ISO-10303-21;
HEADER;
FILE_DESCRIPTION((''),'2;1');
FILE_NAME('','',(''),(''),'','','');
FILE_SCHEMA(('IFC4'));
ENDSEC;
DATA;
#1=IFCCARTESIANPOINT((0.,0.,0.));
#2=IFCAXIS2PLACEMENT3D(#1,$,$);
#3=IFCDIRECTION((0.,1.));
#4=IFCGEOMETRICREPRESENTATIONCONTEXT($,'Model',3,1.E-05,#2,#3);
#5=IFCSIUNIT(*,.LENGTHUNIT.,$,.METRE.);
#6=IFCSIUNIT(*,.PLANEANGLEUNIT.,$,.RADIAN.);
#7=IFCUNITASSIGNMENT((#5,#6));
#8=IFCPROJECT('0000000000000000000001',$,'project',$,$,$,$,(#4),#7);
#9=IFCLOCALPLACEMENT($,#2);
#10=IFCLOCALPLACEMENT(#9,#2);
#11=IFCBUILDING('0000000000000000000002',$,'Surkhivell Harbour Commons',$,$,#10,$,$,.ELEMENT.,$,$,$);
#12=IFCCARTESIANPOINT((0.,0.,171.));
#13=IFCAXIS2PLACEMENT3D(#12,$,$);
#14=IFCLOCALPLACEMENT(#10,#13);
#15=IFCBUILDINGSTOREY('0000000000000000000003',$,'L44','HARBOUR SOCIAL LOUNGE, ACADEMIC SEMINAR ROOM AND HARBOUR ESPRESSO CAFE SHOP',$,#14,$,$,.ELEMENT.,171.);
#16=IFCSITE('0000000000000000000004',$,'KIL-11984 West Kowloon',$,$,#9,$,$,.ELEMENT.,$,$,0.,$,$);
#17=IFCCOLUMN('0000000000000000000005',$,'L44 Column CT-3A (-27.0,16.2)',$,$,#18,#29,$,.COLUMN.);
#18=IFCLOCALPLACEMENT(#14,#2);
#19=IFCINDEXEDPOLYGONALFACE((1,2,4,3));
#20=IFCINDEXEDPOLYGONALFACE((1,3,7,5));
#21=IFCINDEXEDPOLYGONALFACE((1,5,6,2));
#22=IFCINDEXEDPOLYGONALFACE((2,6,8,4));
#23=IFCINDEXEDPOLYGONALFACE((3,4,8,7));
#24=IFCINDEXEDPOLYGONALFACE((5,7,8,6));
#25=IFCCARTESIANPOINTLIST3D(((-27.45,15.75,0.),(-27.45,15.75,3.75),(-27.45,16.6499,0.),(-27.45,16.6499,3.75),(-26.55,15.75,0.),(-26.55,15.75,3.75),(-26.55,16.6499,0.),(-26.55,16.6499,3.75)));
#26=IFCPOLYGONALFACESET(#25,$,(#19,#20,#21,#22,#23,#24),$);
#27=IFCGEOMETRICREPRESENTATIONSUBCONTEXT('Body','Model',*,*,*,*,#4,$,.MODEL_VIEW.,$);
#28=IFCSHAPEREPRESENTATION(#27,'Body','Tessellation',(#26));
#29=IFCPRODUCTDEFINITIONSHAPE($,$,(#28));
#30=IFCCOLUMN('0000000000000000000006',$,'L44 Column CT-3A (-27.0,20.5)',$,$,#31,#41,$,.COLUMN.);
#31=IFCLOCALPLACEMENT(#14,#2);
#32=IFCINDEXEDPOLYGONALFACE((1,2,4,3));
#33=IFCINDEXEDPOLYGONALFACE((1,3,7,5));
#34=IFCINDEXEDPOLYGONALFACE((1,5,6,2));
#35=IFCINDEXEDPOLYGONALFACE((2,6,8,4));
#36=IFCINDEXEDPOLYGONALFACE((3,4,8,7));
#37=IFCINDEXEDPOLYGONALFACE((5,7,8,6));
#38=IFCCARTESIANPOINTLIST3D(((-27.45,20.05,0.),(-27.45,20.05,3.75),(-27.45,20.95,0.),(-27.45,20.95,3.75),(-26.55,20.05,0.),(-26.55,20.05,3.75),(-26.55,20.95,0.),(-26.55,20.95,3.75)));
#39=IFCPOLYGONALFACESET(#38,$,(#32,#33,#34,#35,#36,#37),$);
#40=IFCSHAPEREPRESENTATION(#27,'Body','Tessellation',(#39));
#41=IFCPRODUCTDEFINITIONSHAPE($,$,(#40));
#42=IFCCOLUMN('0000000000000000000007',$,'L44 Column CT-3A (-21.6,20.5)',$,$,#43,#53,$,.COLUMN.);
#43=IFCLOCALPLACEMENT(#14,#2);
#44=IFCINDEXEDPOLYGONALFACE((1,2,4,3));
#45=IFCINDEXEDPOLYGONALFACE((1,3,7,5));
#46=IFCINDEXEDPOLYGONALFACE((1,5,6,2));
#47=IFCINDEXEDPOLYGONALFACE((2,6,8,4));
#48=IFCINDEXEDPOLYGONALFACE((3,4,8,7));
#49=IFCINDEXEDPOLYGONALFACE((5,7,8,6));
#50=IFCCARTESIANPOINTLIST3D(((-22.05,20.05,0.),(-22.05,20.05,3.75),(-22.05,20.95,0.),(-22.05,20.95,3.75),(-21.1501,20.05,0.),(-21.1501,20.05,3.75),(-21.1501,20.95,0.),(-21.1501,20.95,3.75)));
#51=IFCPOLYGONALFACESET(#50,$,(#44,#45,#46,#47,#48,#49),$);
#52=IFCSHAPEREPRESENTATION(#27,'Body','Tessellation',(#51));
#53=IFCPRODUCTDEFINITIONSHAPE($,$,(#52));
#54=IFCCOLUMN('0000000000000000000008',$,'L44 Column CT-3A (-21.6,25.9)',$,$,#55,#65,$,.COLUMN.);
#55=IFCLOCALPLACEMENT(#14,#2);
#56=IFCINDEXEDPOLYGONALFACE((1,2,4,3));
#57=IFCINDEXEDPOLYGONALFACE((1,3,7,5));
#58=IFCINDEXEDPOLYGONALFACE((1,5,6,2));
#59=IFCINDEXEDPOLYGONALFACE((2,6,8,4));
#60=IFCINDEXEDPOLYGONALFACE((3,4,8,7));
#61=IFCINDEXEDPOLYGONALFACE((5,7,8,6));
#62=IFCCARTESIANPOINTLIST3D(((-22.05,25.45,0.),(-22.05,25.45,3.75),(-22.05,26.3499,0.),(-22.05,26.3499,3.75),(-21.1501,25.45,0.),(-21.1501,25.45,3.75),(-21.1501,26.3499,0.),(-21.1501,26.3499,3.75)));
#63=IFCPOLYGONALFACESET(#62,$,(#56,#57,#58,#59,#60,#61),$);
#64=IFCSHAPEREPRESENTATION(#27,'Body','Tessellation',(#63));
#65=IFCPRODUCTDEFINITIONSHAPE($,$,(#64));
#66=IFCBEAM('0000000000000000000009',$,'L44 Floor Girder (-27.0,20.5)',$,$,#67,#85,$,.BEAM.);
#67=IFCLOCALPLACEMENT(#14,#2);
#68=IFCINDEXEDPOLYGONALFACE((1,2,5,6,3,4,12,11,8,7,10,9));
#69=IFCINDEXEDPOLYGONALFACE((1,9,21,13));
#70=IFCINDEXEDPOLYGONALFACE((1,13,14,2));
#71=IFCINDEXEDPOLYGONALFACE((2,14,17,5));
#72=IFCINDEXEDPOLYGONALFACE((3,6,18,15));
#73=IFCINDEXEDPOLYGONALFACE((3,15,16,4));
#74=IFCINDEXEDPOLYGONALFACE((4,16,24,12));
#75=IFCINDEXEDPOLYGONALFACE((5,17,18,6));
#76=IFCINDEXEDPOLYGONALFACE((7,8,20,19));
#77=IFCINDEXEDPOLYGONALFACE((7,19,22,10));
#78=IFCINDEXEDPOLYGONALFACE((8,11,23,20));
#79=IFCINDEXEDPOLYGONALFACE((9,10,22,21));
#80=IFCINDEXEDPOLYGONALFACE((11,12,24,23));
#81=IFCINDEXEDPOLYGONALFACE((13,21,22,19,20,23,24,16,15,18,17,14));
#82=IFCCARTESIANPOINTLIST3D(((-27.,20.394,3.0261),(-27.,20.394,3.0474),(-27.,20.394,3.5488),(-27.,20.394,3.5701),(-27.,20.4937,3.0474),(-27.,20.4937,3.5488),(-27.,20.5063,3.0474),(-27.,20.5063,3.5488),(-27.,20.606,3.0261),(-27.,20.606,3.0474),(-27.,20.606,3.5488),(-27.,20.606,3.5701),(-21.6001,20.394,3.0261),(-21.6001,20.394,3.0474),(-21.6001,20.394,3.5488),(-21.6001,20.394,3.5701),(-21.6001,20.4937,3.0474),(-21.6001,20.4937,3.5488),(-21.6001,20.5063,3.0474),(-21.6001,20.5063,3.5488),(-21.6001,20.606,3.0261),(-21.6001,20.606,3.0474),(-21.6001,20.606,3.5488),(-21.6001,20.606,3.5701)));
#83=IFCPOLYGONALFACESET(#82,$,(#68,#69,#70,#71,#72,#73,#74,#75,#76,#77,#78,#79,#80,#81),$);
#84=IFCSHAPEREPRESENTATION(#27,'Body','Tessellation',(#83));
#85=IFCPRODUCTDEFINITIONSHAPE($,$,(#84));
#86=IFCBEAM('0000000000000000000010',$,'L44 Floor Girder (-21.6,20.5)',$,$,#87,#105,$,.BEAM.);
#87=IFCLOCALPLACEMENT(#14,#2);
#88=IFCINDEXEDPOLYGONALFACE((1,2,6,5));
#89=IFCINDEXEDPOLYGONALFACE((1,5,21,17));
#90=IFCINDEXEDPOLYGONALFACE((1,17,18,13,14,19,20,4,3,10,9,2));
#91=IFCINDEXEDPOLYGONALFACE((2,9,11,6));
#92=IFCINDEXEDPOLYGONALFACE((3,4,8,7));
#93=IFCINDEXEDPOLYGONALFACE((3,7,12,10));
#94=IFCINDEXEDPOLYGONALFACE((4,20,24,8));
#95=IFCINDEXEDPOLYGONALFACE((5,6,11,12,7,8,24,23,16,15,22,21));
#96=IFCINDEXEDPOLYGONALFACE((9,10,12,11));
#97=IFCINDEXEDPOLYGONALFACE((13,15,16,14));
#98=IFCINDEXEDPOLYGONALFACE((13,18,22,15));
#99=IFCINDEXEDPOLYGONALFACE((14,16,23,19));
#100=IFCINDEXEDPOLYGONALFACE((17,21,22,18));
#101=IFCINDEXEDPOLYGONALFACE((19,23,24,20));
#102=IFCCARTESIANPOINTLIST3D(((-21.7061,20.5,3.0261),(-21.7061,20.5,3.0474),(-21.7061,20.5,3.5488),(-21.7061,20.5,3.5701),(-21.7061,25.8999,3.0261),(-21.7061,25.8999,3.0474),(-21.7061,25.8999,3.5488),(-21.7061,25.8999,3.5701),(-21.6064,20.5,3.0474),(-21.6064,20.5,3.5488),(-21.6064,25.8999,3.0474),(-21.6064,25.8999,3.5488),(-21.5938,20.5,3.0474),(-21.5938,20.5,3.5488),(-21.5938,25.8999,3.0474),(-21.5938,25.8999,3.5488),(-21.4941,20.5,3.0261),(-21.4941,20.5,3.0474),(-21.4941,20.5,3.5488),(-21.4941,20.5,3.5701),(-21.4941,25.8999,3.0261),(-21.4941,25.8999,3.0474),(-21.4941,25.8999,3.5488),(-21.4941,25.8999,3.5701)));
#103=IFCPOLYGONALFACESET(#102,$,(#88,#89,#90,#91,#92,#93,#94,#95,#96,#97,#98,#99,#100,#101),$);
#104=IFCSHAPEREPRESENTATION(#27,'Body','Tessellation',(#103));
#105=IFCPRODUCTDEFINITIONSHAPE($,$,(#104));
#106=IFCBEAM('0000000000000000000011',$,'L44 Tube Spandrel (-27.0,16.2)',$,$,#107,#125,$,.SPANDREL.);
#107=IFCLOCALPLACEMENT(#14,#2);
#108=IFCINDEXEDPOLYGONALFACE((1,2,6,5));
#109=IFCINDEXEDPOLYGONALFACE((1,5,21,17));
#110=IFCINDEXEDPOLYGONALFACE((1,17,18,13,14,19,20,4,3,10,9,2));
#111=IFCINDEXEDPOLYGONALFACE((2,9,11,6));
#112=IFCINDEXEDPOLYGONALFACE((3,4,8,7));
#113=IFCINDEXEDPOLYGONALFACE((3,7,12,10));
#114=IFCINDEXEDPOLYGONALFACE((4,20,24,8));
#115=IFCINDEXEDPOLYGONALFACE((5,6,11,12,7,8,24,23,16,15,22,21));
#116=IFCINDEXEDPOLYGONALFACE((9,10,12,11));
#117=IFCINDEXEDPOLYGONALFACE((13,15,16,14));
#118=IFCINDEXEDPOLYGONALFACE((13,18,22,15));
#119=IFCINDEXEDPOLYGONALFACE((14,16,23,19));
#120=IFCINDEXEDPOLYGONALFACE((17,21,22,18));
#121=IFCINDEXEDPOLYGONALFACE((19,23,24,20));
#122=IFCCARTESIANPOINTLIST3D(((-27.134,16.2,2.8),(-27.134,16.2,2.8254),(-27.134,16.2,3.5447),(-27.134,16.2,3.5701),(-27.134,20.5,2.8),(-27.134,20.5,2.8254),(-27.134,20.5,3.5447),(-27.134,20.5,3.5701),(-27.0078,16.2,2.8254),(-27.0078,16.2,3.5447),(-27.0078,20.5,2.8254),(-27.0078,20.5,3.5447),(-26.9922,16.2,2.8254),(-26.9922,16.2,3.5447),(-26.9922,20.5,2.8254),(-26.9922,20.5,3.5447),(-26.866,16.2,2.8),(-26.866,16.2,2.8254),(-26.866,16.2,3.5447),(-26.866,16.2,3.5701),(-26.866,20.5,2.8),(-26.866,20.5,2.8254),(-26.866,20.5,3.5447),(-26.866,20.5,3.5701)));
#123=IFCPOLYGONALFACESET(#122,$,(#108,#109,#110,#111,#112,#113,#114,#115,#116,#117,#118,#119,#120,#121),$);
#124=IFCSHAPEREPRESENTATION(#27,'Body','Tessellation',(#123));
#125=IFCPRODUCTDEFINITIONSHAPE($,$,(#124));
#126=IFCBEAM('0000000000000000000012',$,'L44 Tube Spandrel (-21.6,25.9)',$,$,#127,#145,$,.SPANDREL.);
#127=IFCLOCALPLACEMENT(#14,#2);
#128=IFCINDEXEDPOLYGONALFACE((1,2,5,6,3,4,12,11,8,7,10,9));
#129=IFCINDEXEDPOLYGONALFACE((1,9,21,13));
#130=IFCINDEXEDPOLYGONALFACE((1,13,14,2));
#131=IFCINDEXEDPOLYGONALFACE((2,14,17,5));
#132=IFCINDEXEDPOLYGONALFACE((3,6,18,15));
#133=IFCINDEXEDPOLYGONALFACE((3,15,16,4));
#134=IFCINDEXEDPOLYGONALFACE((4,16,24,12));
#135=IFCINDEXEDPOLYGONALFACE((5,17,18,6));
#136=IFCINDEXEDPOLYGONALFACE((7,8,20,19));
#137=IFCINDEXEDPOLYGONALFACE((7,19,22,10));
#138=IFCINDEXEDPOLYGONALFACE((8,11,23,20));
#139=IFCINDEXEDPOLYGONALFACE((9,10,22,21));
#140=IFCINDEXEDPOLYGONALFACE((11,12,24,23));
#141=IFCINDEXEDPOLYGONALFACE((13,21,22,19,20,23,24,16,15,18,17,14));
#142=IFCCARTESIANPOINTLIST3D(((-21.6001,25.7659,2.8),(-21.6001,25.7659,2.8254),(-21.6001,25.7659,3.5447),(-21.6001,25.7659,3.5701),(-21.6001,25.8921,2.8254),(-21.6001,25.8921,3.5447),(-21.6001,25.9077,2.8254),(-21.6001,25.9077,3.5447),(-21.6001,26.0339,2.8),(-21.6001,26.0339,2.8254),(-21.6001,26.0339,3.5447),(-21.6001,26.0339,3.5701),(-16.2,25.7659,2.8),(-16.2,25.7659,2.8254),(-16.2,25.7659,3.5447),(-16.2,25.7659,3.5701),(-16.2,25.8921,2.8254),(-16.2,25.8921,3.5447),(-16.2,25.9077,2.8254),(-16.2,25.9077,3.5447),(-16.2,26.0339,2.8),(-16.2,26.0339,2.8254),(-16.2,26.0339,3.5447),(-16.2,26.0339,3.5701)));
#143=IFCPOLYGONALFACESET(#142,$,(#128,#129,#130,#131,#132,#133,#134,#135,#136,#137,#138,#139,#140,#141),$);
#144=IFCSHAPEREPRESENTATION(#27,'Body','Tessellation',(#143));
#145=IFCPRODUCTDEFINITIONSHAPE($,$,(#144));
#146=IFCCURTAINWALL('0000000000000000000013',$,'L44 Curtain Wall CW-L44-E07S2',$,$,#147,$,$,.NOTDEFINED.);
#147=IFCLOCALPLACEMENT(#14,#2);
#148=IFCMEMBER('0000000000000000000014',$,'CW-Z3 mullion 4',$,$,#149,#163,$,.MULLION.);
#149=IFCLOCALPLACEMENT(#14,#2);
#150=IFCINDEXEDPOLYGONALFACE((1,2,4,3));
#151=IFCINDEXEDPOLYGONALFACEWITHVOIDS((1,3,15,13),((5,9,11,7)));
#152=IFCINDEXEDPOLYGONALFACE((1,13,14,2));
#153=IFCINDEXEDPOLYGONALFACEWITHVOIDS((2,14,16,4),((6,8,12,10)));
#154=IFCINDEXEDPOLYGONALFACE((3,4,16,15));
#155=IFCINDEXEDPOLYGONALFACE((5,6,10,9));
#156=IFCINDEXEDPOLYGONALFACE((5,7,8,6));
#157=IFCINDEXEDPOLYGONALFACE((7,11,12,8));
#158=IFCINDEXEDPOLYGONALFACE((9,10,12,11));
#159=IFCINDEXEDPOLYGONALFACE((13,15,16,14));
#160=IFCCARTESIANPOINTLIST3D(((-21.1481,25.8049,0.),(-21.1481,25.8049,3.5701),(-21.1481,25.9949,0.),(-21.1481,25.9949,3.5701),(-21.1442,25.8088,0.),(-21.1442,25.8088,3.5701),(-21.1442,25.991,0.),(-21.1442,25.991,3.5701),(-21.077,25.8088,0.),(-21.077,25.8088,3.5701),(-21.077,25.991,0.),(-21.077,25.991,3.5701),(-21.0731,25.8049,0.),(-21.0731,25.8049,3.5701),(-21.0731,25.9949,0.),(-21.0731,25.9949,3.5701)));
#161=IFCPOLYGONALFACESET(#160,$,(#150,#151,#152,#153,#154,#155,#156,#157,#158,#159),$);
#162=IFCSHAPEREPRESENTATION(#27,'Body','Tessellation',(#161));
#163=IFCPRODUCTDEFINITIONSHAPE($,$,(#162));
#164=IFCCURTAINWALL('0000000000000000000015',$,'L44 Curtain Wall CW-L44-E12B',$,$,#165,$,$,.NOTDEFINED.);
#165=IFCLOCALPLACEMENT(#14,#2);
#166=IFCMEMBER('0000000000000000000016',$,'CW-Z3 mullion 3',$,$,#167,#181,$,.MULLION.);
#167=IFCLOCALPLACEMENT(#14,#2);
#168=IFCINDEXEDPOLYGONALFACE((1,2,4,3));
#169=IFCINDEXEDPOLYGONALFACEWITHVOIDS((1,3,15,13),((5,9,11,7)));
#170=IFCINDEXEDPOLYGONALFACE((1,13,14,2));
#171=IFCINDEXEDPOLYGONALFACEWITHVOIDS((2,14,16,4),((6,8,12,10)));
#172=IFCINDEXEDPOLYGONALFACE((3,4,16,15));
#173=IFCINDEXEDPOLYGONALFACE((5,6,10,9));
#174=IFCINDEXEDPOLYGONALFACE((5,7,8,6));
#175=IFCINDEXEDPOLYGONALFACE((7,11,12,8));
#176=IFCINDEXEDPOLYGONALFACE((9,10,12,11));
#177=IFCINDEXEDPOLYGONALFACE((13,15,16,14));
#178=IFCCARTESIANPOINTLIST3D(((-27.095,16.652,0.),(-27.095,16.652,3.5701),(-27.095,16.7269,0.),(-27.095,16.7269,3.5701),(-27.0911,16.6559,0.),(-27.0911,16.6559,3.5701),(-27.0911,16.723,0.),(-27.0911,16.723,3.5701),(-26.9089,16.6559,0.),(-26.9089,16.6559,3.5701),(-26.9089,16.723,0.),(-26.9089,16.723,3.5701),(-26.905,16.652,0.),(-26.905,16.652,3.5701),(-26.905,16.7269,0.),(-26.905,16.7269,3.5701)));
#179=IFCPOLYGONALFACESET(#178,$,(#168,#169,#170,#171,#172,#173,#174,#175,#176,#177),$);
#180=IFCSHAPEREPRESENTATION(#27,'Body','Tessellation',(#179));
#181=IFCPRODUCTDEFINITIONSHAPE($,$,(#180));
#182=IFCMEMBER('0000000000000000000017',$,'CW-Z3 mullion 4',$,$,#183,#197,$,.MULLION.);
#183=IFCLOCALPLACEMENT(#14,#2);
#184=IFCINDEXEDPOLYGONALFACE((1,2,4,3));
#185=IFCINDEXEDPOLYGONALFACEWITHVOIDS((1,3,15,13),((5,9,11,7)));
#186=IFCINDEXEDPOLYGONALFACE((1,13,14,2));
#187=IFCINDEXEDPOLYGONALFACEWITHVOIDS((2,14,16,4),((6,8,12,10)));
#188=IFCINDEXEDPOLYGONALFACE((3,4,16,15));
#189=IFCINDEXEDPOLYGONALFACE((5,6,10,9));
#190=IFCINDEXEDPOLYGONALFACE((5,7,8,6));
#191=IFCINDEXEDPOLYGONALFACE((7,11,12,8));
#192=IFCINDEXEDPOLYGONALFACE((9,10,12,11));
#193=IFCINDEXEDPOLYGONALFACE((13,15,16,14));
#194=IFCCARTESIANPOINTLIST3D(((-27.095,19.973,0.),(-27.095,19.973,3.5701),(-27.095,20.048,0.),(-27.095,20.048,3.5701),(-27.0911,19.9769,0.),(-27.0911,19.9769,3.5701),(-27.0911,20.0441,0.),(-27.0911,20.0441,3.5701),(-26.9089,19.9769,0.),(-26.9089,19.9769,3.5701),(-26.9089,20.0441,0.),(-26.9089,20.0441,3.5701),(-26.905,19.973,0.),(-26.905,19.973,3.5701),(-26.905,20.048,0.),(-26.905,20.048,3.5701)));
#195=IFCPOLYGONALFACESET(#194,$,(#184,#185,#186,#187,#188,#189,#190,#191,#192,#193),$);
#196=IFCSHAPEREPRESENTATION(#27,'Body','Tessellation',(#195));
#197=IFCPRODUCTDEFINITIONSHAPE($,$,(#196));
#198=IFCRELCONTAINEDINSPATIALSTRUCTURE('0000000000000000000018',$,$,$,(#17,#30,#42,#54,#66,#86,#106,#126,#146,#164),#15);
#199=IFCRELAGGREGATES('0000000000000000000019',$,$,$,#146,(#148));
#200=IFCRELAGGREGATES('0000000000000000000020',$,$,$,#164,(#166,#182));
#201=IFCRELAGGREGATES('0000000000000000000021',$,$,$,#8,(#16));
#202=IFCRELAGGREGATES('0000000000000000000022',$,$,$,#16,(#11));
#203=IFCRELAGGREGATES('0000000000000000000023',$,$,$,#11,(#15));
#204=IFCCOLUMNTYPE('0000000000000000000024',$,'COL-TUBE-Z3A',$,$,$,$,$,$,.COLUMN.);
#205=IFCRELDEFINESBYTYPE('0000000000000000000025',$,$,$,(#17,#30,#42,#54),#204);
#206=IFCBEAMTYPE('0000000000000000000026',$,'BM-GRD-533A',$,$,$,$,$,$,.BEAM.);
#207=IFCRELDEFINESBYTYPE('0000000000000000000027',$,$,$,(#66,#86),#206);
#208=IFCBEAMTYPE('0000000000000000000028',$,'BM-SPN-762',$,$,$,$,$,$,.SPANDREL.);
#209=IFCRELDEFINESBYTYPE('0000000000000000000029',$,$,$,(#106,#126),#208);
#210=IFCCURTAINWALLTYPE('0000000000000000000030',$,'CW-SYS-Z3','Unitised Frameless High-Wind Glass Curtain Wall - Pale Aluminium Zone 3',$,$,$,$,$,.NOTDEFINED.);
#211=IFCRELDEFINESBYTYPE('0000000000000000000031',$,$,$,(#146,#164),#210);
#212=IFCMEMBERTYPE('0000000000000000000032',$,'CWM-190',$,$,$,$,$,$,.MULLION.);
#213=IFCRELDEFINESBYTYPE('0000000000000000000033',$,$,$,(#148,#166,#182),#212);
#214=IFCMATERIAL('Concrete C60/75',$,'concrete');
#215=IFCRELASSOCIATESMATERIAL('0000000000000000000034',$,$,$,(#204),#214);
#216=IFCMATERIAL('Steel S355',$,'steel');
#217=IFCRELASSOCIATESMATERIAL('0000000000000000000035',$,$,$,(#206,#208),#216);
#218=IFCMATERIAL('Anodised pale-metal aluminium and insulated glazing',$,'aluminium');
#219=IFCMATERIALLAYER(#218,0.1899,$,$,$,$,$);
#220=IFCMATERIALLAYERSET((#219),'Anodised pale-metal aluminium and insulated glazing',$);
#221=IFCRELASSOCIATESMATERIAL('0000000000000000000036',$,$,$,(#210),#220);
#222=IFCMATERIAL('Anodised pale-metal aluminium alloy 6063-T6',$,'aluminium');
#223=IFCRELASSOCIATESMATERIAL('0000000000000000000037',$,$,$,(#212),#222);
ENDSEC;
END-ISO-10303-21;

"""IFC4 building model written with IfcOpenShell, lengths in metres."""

from ifc_helpers import new_model, si_unit, direction, frame, origin, origin_2d, place, context, subcontext, project, spatial, rectangle, hollow_rectangle, i_section, extrude, material, layer, layer_set, material_profile, profile_set, type_object, element, aggregate, save


model = new_model("IFC4")

# Units and contexts
model_context = context("Model", 3, precision=1e-05, world=origin(), true_north=direction((0.0, 1.0)))
body_context = subcontext(model_context, "Body", "Model", "MODEL_VIEW")
ifc_project = project(units=[si_unit("LENGTHUNIT", "METRE"), si_unit("PLANEANGLEUNIT", "RADIAN")], contexts=[model_context])

# Site, building, storey
site_placement = place(None, origin())
site = spatial("IfcSite", under=ifc_project, at=site_placement, Name="KIL-11984 West Kowloon", CompositionType="ELEMENT", RefElevation=0.0)
building_placement = place(site_placement, origin())
building = spatial("IfcBuilding", under=site, at=building_placement, Name="Surkhivell Harbour Commons", CompositionType="ELEMENT")
storey_placement = place(building_placement, frame((0.0, 0.0, 171.0)))
storey = spatial("IfcBuildingStorey", under=building, at=storey_placement, Name="L44", Description="HARBOUR SOCIAL LOUNGE, ACADEMIC SEMINAR ROOM AND HARBOUR ESPRESSO CAFE SHOP", CompositionType="ELEMENT", Elevation=171.0)

# Columns
ifc_material_1 = material(Name="Concrete C60/75", Category="concrete")
ifc_material_profile_1 = material_profile(ifc_material_1, rectangle(XDim=0.8999, YDim=0.8999, at=origin_2d()), Name="RC-COL-900x900")
ifc_profile_set_1 = profile_set([ifc_material_profile_1], Name="Concrete C60/75")
column_type = type_object("IfcColumnType", Name="COL-TUBE-Z3A", PredefinedType="COLUMN", material=ifc_profile_set_1)
for number, where, z_axis, x_axis, name in (
    (1, (-27.0, 16.2, 0.0), (0.0, 0.0, 1.0), (1.0, 0.0, 0.0), "L44 Column CT-3A (-27.0,16.2)"),
    (2, (-27.0, 20.5, 0.0), (0.0, 0.0, 1.0), (1.0, 0.0, 0.0), "L44 Column CT-3A (-27.0,20.5)"),
    (3, (-21.6001, 20.5, 0.0), (0.0, 0.0, 1.0), (1.0, 0.0, 0.0), "L44 Column CT-3A (-21.6,20.5)"),
    (4, (-21.6001, 25.8999, 0.0), (0.0, 0.0, 1.0), (1.0, 0.0, 0.0), "L44 Column CT-3A (-21.6,25.9)"),
):
    element("IfcColumn", number, at=place(storey_placement, frame(where, z_axis=z_axis, x_axis=x_axis)), inside=storey, type_object=column_type, Name=name, PredefinedType="COLUMN", context=body_context, shape_type="SweptSolid", body=[
        extrude(rectangle(XDim=0.8999, YDim=0.8999, at=origin_2d()), origin(), (0.0, 0.0, 1.0), 3.75),
    ])

# Beams
ifc_material_2 = material(Name="Steel S355", Category="steel")
ifc_material_profile_2 = material_profile(ifc_material_2, i_section(OverallWidth=0.2119, OverallDepth=0.5439, WebThickness=0.0127, FlangeThickness=0.0212, at=origin_2d()), Name="UB533x210x122")
ifc_profile_set_2 = profile_set([ifc_material_profile_2], Name="Steel S355")
beam_type_1 = type_object("IfcBeamType", Name="BM-GRD-533A", PredefinedType="BEAM", material=ifc_profile_set_2)
for number, where, z_axis, x_axis, name in (
    (5, (-27.0, 20.5, 3.2981), (1.0, 0.0, 0.0), (0.0, 1.0, 0.0), "L44 Floor Girder (-27.0,20.5)"),
    (6, (-21.6001, 20.5, 3.2981), (0.0, 1.0, 0.0), (-1.0, 0.0, 0.0), "L44 Floor Girder (-21.6,20.5)"),
):
    element("IfcBeam", number, at=place(storey_placement, frame(where, z_axis=z_axis, x_axis=x_axis)), inside=storey, type_object=beam_type_1, Name=name, PredefinedType="BEAM", context=body_context, shape_type="SweptSolid", body=[
        extrude(i_section(OverallWidth=0.2119, OverallDepth=0.5439, WebThickness=0.0127, FlangeThickness=0.0212, at=origin_2d()), origin(), (0.0, 0.0, 1.0), 5.3999),
    ])
ifc_material_profile_3 = material_profile(ifc_material_2, i_section(OverallWidth=0.2681, OverallDepth=0.77, WebThickness=0.0156, FlangeThickness=0.0254, at=origin_2d()), Name="UB762x267x197")
ifc_profile_set_3 = profile_set([ifc_material_profile_3], Name="Steel S355")
beam_type_2 = type_object("IfcBeamType", Name="BM-SPN-762", PredefinedType="SPANDREL", material=ifc_profile_set_3)
beam_1_placement = place(storey_placement, frame((-27.0, 16.2, 3.1851), z_axis=(0.0, 1.0, 0.0), x_axis=(-1.0, 0.0, 0.0)))
element("IfcBeam", 7, at=beam_1_placement, inside=storey, type_object=beam_type_2, Name="L44 Tube Spandrel (-27.0,16.2)", PredefinedType="SPANDREL", context=body_context, shape_type="SweptSolid", body=[
    extrude(i_section(OverallWidth=0.2681, OverallDepth=0.77, WebThickness=0.0156, FlangeThickness=0.0254, at=origin_2d()), origin(), (0.0, 0.0, 1.0), 4.3),
])
beam_2_placement = place(storey_placement, frame((-21.6001, 25.8999, 3.1851), z_axis=(1.0, 0.0, 0.0), x_axis=(0.0, 1.0, 0.0)))
element("IfcBeam", 8, at=beam_2_placement, inside=storey, type_object=beam_type_2, Name="L44 Tube Spandrel (-21.6,25.9)", PredefinedType="SPANDREL", context=body_context, shape_type="SweptSolid", body=[
    extrude(i_section(OverallWidth=0.2681, OverallDepth=0.77, WebThickness=0.0156, FlangeThickness=0.0254, at=origin_2d()), origin(), (0.0, 0.0, 1.0), 5.4001),
])

# Curtain wall, member
ifc_material_3 = material(Name="Anodised pale-metal aluminium and insulated glazing", Category="aluminium")
ifc_layer_1 = layer(ifc_material_3, 0.1899)
ifc_layer_set_1 = layer_set([ifc_layer_1], Name="Anodised pale-metal aluminium and insulated glazing")
curtain_wall_type = type_object("IfcCurtainWallType", Name="CW-SYS-Z3", Description="Unitised Frameless High-Wind Glass Curtain Wall - Pale Aluminium Zone 3", PredefinedType="NOTDEFINED", material=ifc_layer_set_1)
curtain_wall_1_placement = place(storey_placement, origin())
curtain_wall_1 = element("IfcCurtainWall", 9, at=curtain_wall_1_placement, inside=storey, type_object=curtain_wall_type, Name="L44 Curtain Wall CW-L44-E07S2", PredefinedType="NOTDEFINED")
ifc_material_4 = material(Name="Anodised pale-metal aluminium alloy 6063-T6", Category="aluminium")
ifc_material_profile_4 = material_profile(ifc_material_4, hollow_rectangle(XDim=0.075, YDim=0.1899, WallThickness=0.0039, at=origin_2d()), Name="ALU-MULL-75x190")
ifc_profile_set_4 = profile_set([ifc_material_profile_4], Name="Anodised pale-metal aluminium alloy 6063-T6")
member_type_1 = type_object("IfcMemberType", Name="CWM-190", PredefinedType="MULLION", material=ifc_profile_set_4)
member_1_placement = place(storey_placement, frame((-21.1106, 25.8999, 0.0), z_axis=(0.0, 0.0, 1.0), x_axis=(-1.0, 0.0, 0.0)))
member_1 = element("IfcMember", 10, at=member_1_placement, type_object=member_type_1, Name="CW-Z3 mullion 4", PredefinedType="MULLION", context=body_context, shape_type="SweptSolid", body=[
    extrude(hollow_rectangle(XDim=0.075, YDim=0.1899, WallThickness=0.0039, at=origin_2d()), origin(), (0.0, 0.0, 1.0), 3.5701),
])

# Curtain wall, members
curtain_wall_2_placement = place(storey_placement, origin())
curtain_wall_2 = element("IfcCurtainWall", 11, at=curtain_wall_2_placement, inside=storey, type_object=curtain_wall_type, Name="L44 Curtain Wall CW-L44-E12B", PredefinedType="NOTDEFINED")
member_2_placement = place(storey_placement, frame((-27.0, 16.6895, 0.0), z_axis=(0.0, 0.0, 1.0), x_axis=(0.0, 1.0, 0.0)))
member_2 = element("IfcMember", 12, at=member_2_placement, type_object=member_type_1, Name="CW-Z3 mullion 3", PredefinedType="MULLION", context=body_context, shape_type="SweptSolid", body=[
    extrude(hollow_rectangle(XDim=0.075, YDim=0.1899, WallThickness=0.0039, at=origin_2d()), origin(), (0.0, 0.0, 1.0), 3.5701),
])
member_3_placement = place(storey_placement, frame((-27.0, 20.0105, 0.0), z_axis=(0.0, 0.0, 1.0), x_axis=(0.0, 1.0, 0.0)))
member_3 = element("IfcMember", 13, at=member_3_placement, type_object=member_type_1, Name="CW-Z3 mullion 4", PredefinedType="MULLION", context=body_context, shape_type="SweptSolid", body=[
    extrude(hollow_rectangle(XDim=0.075, YDim=0.1899, WallThickness=0.0039, at=origin_2d()), origin(), (0.0, 0.0, 1.0), 3.5701),
])

aggregate(curtain_wall_1, [member_1])
aggregate(curtain_wall_2, [member_2, member_3])

save(model, "model.ifc")
